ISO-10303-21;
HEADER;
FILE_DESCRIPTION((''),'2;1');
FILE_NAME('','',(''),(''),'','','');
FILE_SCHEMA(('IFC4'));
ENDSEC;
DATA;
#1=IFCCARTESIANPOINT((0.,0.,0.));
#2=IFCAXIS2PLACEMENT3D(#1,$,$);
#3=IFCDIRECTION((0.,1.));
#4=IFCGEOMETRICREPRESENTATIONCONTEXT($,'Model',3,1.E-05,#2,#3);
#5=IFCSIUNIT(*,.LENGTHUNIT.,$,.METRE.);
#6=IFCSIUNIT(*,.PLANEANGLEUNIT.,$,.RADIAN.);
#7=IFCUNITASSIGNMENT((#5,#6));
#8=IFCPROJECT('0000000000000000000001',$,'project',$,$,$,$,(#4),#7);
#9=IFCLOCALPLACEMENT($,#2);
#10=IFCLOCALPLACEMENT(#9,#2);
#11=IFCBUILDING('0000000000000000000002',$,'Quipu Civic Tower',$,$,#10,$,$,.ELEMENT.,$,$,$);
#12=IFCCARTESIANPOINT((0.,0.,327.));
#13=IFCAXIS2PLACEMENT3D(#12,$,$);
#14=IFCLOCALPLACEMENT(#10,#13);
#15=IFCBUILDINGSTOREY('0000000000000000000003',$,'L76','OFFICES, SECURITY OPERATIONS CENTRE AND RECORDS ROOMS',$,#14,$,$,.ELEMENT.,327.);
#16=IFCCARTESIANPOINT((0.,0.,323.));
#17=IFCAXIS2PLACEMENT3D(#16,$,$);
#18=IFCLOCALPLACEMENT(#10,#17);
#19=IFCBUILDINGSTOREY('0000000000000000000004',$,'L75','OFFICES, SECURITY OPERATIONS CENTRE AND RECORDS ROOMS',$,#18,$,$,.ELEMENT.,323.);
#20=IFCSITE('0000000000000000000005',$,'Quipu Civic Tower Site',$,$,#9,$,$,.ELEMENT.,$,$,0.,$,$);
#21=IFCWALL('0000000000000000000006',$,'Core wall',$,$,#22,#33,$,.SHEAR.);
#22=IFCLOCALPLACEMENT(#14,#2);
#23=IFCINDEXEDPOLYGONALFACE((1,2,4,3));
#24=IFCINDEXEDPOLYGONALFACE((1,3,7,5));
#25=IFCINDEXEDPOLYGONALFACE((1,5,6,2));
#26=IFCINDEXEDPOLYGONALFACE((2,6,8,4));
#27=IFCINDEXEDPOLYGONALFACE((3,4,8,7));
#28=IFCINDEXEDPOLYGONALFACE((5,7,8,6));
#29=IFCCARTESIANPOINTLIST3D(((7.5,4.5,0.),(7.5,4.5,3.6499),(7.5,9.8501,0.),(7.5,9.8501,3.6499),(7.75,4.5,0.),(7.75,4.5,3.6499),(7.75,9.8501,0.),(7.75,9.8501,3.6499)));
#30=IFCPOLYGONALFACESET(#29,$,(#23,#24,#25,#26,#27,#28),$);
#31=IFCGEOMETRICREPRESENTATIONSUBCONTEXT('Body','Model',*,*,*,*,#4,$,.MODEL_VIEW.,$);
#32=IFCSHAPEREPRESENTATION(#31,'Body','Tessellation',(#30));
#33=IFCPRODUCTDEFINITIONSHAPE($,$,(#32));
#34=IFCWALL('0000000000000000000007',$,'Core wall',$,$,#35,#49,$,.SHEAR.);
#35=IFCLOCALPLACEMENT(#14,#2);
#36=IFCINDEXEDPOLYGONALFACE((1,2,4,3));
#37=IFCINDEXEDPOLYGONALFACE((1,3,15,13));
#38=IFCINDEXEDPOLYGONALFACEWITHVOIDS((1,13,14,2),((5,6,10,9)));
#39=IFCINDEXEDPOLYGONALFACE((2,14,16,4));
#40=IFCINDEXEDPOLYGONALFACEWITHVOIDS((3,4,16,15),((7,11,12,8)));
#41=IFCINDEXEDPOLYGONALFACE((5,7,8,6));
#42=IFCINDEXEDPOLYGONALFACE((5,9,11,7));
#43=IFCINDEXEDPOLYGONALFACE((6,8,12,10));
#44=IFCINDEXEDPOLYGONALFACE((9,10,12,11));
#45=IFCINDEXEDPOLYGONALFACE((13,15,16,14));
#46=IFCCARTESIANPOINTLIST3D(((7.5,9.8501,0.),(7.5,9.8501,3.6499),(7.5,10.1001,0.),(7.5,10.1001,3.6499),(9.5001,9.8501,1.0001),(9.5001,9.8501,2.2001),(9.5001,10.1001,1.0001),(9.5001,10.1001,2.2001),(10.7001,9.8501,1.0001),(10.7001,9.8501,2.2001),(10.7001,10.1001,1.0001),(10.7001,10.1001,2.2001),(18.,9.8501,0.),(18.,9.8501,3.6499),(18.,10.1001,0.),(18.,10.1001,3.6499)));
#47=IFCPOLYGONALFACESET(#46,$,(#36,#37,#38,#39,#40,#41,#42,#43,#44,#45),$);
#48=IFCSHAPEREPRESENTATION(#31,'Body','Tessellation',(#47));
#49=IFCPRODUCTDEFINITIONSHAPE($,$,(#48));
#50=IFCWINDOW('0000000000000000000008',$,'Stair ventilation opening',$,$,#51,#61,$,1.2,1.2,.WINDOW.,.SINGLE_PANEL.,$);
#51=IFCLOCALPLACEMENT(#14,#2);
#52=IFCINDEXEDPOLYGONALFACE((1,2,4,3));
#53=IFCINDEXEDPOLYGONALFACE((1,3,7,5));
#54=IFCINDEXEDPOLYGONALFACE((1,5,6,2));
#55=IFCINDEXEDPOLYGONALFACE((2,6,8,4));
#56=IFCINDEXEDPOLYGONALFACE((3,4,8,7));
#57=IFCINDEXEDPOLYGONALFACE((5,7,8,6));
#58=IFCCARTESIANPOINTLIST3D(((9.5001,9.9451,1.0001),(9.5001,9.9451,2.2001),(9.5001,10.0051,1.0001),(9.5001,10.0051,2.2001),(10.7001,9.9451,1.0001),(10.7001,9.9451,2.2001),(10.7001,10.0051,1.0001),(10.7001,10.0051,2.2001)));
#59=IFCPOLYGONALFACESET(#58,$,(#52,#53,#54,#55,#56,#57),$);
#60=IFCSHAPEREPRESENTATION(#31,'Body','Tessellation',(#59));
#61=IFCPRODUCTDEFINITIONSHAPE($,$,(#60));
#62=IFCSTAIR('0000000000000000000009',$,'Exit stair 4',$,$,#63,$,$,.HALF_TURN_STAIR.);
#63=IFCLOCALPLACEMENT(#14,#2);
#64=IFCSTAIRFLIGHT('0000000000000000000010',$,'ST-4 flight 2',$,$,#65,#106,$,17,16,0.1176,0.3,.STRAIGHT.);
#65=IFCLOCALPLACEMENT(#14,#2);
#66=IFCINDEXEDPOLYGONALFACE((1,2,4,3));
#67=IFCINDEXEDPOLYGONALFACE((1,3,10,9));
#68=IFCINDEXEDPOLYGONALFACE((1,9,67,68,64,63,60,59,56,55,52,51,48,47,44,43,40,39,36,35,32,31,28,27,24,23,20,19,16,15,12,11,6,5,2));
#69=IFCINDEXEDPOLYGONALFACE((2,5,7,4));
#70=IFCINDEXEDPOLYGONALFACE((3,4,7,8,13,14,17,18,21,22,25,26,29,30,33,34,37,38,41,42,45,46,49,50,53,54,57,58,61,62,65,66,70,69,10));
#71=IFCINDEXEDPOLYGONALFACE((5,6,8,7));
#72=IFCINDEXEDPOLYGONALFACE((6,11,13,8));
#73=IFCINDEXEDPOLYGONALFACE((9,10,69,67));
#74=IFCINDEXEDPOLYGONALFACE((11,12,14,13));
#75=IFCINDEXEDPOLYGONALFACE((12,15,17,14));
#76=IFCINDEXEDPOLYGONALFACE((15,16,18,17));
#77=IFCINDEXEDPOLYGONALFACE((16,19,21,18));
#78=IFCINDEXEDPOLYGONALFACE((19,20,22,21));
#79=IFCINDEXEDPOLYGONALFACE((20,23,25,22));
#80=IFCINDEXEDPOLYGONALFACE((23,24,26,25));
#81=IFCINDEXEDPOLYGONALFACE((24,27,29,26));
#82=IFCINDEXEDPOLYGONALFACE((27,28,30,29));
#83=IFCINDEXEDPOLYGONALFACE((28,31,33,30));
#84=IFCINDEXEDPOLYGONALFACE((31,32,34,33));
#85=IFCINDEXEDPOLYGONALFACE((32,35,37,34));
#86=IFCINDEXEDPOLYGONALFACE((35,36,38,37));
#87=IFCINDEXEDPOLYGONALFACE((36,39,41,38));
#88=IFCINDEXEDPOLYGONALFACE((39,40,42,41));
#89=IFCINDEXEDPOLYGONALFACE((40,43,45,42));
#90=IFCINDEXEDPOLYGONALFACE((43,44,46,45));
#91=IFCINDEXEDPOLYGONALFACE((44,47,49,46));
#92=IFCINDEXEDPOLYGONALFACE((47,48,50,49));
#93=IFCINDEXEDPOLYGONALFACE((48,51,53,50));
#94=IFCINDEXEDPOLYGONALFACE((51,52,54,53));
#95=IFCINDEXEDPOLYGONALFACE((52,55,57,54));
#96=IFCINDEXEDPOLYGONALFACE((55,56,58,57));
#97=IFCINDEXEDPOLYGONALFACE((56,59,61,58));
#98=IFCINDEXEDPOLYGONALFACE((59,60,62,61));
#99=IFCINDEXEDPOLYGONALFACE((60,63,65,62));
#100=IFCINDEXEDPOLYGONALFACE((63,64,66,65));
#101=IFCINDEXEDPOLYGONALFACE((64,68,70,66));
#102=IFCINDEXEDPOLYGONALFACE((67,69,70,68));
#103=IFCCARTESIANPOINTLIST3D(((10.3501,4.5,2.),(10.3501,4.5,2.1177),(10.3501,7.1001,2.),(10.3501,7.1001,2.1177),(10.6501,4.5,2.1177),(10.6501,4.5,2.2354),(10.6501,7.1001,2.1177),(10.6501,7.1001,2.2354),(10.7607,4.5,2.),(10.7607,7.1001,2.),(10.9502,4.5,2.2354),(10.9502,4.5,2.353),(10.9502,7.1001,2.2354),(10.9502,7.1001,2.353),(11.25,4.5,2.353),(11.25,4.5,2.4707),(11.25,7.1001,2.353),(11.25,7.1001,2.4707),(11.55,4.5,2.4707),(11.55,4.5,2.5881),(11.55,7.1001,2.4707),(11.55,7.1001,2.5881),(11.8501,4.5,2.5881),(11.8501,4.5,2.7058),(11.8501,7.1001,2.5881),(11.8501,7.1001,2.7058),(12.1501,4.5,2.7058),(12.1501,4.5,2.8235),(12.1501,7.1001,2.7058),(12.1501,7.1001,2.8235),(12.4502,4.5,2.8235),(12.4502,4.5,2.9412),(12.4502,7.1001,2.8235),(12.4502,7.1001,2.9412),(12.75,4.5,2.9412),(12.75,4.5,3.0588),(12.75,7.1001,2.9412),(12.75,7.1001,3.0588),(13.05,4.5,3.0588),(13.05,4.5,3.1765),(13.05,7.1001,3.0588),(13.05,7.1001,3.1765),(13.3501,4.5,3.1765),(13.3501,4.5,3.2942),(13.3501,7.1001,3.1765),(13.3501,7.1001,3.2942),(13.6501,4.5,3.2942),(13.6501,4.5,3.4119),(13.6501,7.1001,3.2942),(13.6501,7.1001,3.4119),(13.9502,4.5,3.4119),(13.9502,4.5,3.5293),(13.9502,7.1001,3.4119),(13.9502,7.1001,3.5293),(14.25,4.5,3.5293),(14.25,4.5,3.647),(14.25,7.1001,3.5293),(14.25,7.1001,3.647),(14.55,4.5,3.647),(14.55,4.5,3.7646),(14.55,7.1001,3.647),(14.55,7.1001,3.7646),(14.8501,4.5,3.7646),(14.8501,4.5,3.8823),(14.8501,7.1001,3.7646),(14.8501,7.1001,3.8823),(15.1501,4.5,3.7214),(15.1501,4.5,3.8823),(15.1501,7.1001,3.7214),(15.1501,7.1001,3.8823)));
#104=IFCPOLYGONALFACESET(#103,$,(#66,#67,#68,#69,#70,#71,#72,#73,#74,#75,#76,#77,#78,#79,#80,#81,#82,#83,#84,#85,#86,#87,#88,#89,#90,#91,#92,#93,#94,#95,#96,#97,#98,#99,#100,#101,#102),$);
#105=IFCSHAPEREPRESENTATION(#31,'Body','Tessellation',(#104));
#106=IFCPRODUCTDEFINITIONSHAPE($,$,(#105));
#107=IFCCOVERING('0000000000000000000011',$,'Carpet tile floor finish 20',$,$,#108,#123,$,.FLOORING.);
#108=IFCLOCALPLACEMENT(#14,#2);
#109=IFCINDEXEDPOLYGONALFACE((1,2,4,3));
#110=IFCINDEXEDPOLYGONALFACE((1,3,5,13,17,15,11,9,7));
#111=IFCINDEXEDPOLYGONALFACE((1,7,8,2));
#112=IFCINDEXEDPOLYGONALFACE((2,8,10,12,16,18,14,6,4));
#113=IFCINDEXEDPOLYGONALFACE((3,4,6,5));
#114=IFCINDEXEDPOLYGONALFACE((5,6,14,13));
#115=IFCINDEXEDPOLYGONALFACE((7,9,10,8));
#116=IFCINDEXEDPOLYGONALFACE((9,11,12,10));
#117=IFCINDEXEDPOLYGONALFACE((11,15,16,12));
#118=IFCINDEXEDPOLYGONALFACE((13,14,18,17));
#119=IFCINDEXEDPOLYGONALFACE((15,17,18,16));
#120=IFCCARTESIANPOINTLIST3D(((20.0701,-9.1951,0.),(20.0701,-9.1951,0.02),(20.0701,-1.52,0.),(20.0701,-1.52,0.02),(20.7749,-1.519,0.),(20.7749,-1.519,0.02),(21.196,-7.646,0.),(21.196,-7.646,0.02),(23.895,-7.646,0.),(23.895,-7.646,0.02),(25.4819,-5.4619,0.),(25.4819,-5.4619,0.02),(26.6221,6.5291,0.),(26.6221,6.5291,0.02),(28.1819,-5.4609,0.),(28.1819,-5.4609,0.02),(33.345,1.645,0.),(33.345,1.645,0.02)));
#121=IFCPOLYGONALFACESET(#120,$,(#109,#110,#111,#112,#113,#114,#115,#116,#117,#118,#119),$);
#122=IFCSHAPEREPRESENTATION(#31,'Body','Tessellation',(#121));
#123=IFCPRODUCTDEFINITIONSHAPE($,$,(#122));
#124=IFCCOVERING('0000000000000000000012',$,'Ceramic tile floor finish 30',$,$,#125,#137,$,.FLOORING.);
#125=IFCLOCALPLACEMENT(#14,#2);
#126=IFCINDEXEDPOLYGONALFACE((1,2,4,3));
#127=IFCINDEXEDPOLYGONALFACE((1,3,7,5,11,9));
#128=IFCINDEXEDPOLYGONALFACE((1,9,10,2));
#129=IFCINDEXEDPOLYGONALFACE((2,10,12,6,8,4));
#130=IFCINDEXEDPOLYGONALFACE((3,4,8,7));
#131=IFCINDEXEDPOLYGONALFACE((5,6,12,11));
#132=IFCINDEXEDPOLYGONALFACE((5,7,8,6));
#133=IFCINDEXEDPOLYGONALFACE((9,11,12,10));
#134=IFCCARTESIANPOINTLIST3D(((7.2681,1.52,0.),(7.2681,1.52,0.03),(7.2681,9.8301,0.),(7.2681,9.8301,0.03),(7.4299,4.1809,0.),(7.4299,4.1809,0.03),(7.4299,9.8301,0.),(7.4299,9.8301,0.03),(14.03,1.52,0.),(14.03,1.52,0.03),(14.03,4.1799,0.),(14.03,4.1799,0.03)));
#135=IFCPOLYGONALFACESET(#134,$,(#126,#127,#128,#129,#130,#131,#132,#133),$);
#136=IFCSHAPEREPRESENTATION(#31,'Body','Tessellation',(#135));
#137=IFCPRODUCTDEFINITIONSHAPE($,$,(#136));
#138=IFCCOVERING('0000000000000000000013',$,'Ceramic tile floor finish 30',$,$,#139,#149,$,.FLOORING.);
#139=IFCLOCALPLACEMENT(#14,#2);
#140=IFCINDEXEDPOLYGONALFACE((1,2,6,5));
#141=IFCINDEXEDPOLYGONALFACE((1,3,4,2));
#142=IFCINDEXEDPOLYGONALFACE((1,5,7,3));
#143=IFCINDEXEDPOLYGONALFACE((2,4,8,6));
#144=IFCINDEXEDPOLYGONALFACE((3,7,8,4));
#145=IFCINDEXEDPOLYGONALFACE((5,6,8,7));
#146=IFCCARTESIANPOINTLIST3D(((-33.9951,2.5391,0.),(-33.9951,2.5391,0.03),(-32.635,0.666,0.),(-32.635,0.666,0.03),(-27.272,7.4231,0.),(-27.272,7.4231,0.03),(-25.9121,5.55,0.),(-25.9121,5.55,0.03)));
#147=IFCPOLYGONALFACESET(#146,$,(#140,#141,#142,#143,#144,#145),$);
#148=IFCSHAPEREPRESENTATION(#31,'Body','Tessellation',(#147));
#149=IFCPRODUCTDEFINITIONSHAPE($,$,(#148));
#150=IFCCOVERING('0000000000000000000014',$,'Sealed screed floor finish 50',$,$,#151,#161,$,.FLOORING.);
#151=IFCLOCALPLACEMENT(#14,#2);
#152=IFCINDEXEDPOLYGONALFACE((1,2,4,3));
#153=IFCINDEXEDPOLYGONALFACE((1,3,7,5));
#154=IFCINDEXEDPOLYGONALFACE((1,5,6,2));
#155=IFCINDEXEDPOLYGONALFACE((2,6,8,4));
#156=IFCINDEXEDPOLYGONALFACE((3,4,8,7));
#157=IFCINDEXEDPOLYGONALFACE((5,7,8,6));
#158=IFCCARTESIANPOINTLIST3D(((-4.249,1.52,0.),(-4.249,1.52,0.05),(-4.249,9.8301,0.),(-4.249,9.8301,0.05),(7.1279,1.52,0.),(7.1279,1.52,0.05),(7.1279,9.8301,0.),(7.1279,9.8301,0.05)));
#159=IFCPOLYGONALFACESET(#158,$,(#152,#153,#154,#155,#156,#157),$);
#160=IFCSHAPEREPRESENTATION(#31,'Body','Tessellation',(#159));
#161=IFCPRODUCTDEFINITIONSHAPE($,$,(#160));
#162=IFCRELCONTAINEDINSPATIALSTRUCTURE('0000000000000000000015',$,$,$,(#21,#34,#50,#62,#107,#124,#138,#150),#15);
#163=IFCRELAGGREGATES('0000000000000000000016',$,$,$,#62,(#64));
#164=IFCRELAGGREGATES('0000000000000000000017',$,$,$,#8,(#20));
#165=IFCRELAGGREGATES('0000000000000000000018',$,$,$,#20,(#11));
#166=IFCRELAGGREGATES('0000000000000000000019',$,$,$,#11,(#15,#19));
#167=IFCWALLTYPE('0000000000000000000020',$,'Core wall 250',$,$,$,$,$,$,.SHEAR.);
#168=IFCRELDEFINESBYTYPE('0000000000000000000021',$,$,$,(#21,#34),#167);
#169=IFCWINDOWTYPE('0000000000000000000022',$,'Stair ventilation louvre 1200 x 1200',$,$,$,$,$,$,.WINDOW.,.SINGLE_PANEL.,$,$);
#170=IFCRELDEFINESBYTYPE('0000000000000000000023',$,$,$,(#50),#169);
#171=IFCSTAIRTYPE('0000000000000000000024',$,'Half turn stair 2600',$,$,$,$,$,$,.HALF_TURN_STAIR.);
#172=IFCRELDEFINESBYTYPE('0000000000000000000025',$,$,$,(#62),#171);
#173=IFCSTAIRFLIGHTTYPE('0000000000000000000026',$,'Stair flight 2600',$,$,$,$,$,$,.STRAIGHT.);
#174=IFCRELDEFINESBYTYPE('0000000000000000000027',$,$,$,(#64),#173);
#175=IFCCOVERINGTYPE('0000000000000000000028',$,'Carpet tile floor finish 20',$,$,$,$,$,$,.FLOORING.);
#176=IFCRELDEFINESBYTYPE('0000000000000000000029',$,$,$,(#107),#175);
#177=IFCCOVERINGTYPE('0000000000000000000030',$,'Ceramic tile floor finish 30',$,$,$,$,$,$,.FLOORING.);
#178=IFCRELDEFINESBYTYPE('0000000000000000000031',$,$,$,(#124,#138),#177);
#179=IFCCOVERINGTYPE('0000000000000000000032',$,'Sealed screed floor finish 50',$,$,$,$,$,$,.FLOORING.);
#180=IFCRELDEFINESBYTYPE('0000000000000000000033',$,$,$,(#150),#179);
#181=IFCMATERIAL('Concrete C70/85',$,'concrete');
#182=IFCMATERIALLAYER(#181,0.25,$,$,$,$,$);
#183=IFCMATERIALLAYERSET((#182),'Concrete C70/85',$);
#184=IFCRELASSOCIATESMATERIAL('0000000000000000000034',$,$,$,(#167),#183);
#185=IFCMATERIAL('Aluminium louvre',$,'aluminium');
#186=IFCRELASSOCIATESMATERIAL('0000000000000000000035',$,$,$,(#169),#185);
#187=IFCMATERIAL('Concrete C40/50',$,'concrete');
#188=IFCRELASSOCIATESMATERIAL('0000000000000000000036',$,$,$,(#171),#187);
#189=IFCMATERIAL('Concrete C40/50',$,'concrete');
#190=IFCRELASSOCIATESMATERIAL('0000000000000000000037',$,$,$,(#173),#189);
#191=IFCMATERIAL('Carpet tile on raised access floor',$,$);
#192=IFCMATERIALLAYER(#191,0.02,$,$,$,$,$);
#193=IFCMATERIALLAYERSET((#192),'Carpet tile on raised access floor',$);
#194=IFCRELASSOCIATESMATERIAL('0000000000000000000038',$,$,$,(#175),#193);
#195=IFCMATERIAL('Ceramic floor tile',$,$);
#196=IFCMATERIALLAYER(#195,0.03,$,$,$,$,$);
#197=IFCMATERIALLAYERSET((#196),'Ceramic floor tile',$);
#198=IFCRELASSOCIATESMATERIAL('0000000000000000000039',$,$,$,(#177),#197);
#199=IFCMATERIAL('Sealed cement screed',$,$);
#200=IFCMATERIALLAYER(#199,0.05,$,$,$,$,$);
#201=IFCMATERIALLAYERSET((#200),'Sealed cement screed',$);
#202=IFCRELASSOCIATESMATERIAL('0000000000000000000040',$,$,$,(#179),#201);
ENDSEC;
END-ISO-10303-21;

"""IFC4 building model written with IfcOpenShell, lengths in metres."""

from ifc_helpers import new_model, si_unit, direction, frame, frame_2d, origin, place, context, subcontext, project, spatial, polyline, rectangle, outline, extrude, material, layer, layer_set, type_object, element, fill, aggregate, save


model = new_model("IFC4")

# Units and contexts
model_context = context("Model", 3, precision=1e-05, world=origin(), true_north=direction((0.0, 1.0)))
body_context = subcontext(model_context, "Body", "Model", "MODEL_VIEW")
ifc_project = project(units=[si_unit("LENGTHUNIT", "METRE"), si_unit("PLANEANGLEUNIT", "RADIAN")], contexts=[model_context])

# Site, building, storey
site_placement = place(None, origin())
site = spatial("IfcSite", under=ifc_project, at=site_placement, Name="Quipu Civic Tower Site", CompositionType="ELEMENT", RefElevation=0.0)
building_placement = place(site_placement, origin())
building = spatial("IfcBuilding", under=site, at=building_placement, Name="Quipu Civic Tower", CompositionType="ELEMENT")
storey_1_placement = place(building_placement, frame((0.0, 0.0, 327.0)))
storey_1 = spatial("IfcBuildingStorey", under=building, at=storey_1_placement, Name="L76", Description="OFFICES, SECURITY OPERATIONS CENTRE AND RECORDS ROOMS", CompositionType="ELEMENT", Elevation=327.0)

# Shared definitions
storey_2_placement = place(building_placement, frame((0.0, 0.0, 323.0)))
storey_2 = spatial("IfcBuildingStorey", under=building, at=storey_2_placement, Name="L75", Description="OFFICES, SECURITY OPERATIONS CENTRE AND RECORDS ROOMS", CompositionType="ELEMENT", Elevation=323.0)

# Shared definitions
ifc_material_1 = material(Name="Concrete C70/85", Category="concrete")
ifc_layer_1 = layer(ifc_material_1, 0.25)
ifc_layer_set_1 = layer_set([ifc_layer_1], Name="Concrete C70/85")
wall_type_1 = type_object("IfcWallType", Name="Core wall 250", PredefinedType="SHEAR", material=ifc_layer_set_1)

# Wall
wall_1_placement = place(storey_1_placement, frame((7.625, 4.5, 0.0), z_axis=(0.0, 0.0, 1.0), x_axis=(0.0, 1.0, 0.0)))
element("IfcWall", 1, at=wall_1_placement, inside=storey_1, type_object=wall_type_1, Name="Core wall", PredefinedType="SHEAR", context=body_context, shape_type="SweptSolid", body=[
    extrude(rectangle(XDim=5.3501, YDim=0.25, at=frame_2d((2.675, 0.0))), origin(), (0.0, 0.0, 1.0), 3.6499),
])

# Wall, opening, window
wall_2_placement = place(storey_1_placement, frame((7.5, 9.9751, 0.0), z_axis=(0.0, 0.0, 1.0), x_axis=(1.0, 0.0, 0.0)))
wall_2 = element("IfcWall", 2, at=wall_2_placement, inside=storey_1, type_object=wall_type_1, Name="Core wall", PredefinedType="SHEAR", context=body_context, shape_type="SweptSolid", body=[
    extrude(rectangle(XDim=10.5, YDim=0.25, at=frame_2d((5.25, 0.0))), origin(), (0.0, 0.0, 1.0), 3.6499),
])
opening_1_placement = place(wall_2_placement, frame((2.0, 0.0, 1.0)))
opening_1 = element("IfcOpeningElement", 3, at=opening_1_placement, cuts=wall_2, PredefinedType="OPENING", context=body_context, shape_type="SweptSolid", body=[
    extrude(rectangle(XDim=1.2, YDim=1.2, at=frame_2d((0.6001, 0.6001))), frame((0.0, 0.135, 0.0), z_axis=(0.0, -1.0, 0.0), x_axis=(1.0, 0.0, 0.0)), (0.0, 0.0, 1.0), 0.27),
])
ifc_material_2 = material(Name="Aluminium louvre", Category="aluminium")
window_type = type_object("IfcWindowType", Name="Stair ventilation louvre 1200 x 1200", PartitioningType="SINGLE_PANEL", PredefinedType="WINDOW", material=ifc_material_2)
window_placement = place(opening_1_placement, origin())
window = element("IfcWindow", 4, at=window_placement, inside=storey_1, type_object=window_type, Name="Stair ventilation opening", OverallHeight=1.2, OverallWidth=1.2, PartitioningType="SINGLE_PANEL", PredefinedType="WINDOW", context=body_context, shape_type="SweptSolid", body=[
    extrude(rectangle(XDim=1.2, YDim=1.2, at=frame_2d((0.6001, 0.6001))), frame((0.0, 0.03, 0.0), z_axis=(0.0, -1.0, 0.0), x_axis=(1.0, 0.0, 0.0)), (0.0, 0.0, 1.0), 0.0601),
])
fill(opening_1, window)

# Stair, stair flight
ifc_material_3 = material(Name="Concrete C40/50", Category="concrete")
stair_type = type_object("IfcStairType", Name="Half turn stair 2600", PredefinedType="HALF_TURN_STAIR", material=ifc_material_3)
stair_placement = place(storey_1_placement, origin())
stair = element("IfcStair", 5, at=stair_placement, inside=storey_1, type_object=stair_type, Name="Exit stair 4", PredefinedType="HALF_TURN_STAIR")
ifc_material_4 = material(Name="Concrete C40/50", Category="concrete")
stair_flight_type = type_object("IfcStairFlightType", Name="Stair flight 2600", PredefinedType="STRAIGHT", material=ifc_material_4)
stair_flight_placement = place(storey_1_placement, frame((10.3501, 5.8, 2.0), z_axis=(0.0, 0.0, 1.0), x_axis=(1.0, 0.0, 0.0)))
stair_flight = element("IfcStairFlight", 6, at=stair_flight_placement, type_object=stair_flight_type, Name="ST-4 flight 2", NumberOfRisers=17, NumberOfTreads=16, PredefinedType="STRAIGHT", RiserHeight=0.1176, TreadLength=0.3, context=body_context, shape_type="SweptSolid", body=[
    extrude(outline(polyline([(0.0, 0.0), (0.0, 0.1177), (0.3, 0.1177), (0.3, 0.2354), (0.6001, 0.2354), (0.6001, 0.353), (0.8999, 0.353), (0.8999, 0.4707), (1.2, 0.4707), (1.2, 0.5881), (1.5, 0.5881), (1.5, 0.7058), (1.8, 0.7058), (1.8, 0.8235), (2.1001, 0.8235), (2.1001, 0.9412), (2.3999, 0.9412), (2.3999, 1.0588), (2.7, 1.0588), (2.7, 1.1765), (3.0, 1.1765), (3.0, 1.2942), (3.3, 1.2942), (3.3, 1.4119), (3.6001, 1.4119), (3.6001, 1.5293), (3.8999, 1.5293), (3.8999, 1.647), (4.2, 1.647), (4.2, 1.7646), (4.5, 1.7646), (4.5, 1.8823), (4.8, 1.8823), (4.8, 2.0), (4.8, 1.7214), (0.4106, 0.0), (0.0, 0.0)])), frame((0.0, 1.3, 0.0), z_axis=(0.0, -1.0, 0.0), x_axis=(1.0, 0.0, 0.0)), (0.0, 0.0, 1.0), 2.6001),
])
aggregate(stair, [stair_flight])

# Coverings
ifc_material_5 = material(Name="Carpet tile on raised access floor")
ifc_layer_2 = layer(ifc_material_5, 0.02)
ifc_layer_set_2 = layer_set([ifc_layer_2], Name="Carpet tile on raised access floor")
covering_type_1 = type_object("IfcCoveringType", Name="Carpet tile floor finish 20", PredefinedType="FLOORING", material=ifc_layer_set_2)
covering_1_placement = place(storey_1_placement, origin())
element("IfcCovering", 7, at=covering_1_placement, inside=storey_1, type_object=covering_type_1, Name="Carpet tile floor finish 20", PredefinedType="FLOORING", context=body_context, shape_type="SweptSolid", body=[
    extrude(outline(polyline([(20.0701, -9.1951), (20.0701, -1.52), (20.7749, -1.519), (26.6221, 6.5291), (33.345, 1.645), (28.1819, -5.4609), (25.4819, -5.4619), (23.895, -7.646), (21.196, -7.646), (20.0701, -9.1951)])), origin(), (0.0, 0.0, 1.0), 0.02),
])
ifc_material_6 = material(Name="Ceramic floor tile")
ifc_layer_3 = layer(ifc_material_6, 0.03)
ifc_layer_set_3 = layer_set([ifc_layer_3], Name="Ceramic floor tile")
covering_type_2 = type_object("IfcCoveringType", Name="Ceramic tile floor finish 30", PredefinedType="FLOORING", material=ifc_layer_set_3)
covering_2_placement = place(storey_1_placement, origin())
element("IfcCovering", 8, at=covering_2_placement, inside=storey_1, type_object=covering_type_2, Name="Ceramic tile floor finish 30", PredefinedType="FLOORING", context=body_context, shape_type="SweptSolid", body=[
    extrude(outline(polyline([(7.2681, 1.52), (7.2681, 9.8301), (7.4299, 9.8301), (7.4299, 4.1809), (14.03, 4.1799), (14.03, 1.52), (7.2681, 1.52)])), origin(), (0.0, 0.0, 1.0), 0.03),
])
covering_3_placement = place(storey_1_placement, origin())
element("IfcCovering", 9, at=covering_3_placement, inside=storey_1, type_object=covering_type_2, Name="Ceramic tile floor finish 30", PredefinedType="FLOORING", context=body_context, shape_type="SweptSolid", body=[
    extrude(outline(polyline([(-33.9951, 2.5391), (-27.272, 7.4231), (-25.9121, 5.55), (-32.635, 0.666), (-33.9951, 2.5391)])), origin(), (0.0, 0.0, 1.0), 0.03),
])
ifc_material_7 = material(Name="Sealed cement screed")
ifc_layer_4 = layer(ifc_material_7, 0.05)
ifc_layer_set_4 = layer_set([ifc_layer_4], Name="Sealed cement screed")
covering_type_3 = type_object("IfcCoveringType", Name="Sealed screed floor finish 50", PredefinedType="FLOORING", material=ifc_layer_set_4)
covering_4_placement = place(storey_1_placement, origin())
element("IfcCovering", 10, at=covering_4_placement, inside=storey_1, type_object=covering_type_3, Name="Sealed screed floor finish 50", PredefinedType="FLOORING", context=body_context, shape_type="SweptSolid", body=[
    extrude(outline(polyline([(-4.249, 1.52), (-4.249, 9.8301), (7.1279, 9.8301), (7.1279, 1.52), (-4.249, 1.52)])), origin(), (0.0, 0.0, 1.0), 0.05),
])

save(model, "model.ifc")
